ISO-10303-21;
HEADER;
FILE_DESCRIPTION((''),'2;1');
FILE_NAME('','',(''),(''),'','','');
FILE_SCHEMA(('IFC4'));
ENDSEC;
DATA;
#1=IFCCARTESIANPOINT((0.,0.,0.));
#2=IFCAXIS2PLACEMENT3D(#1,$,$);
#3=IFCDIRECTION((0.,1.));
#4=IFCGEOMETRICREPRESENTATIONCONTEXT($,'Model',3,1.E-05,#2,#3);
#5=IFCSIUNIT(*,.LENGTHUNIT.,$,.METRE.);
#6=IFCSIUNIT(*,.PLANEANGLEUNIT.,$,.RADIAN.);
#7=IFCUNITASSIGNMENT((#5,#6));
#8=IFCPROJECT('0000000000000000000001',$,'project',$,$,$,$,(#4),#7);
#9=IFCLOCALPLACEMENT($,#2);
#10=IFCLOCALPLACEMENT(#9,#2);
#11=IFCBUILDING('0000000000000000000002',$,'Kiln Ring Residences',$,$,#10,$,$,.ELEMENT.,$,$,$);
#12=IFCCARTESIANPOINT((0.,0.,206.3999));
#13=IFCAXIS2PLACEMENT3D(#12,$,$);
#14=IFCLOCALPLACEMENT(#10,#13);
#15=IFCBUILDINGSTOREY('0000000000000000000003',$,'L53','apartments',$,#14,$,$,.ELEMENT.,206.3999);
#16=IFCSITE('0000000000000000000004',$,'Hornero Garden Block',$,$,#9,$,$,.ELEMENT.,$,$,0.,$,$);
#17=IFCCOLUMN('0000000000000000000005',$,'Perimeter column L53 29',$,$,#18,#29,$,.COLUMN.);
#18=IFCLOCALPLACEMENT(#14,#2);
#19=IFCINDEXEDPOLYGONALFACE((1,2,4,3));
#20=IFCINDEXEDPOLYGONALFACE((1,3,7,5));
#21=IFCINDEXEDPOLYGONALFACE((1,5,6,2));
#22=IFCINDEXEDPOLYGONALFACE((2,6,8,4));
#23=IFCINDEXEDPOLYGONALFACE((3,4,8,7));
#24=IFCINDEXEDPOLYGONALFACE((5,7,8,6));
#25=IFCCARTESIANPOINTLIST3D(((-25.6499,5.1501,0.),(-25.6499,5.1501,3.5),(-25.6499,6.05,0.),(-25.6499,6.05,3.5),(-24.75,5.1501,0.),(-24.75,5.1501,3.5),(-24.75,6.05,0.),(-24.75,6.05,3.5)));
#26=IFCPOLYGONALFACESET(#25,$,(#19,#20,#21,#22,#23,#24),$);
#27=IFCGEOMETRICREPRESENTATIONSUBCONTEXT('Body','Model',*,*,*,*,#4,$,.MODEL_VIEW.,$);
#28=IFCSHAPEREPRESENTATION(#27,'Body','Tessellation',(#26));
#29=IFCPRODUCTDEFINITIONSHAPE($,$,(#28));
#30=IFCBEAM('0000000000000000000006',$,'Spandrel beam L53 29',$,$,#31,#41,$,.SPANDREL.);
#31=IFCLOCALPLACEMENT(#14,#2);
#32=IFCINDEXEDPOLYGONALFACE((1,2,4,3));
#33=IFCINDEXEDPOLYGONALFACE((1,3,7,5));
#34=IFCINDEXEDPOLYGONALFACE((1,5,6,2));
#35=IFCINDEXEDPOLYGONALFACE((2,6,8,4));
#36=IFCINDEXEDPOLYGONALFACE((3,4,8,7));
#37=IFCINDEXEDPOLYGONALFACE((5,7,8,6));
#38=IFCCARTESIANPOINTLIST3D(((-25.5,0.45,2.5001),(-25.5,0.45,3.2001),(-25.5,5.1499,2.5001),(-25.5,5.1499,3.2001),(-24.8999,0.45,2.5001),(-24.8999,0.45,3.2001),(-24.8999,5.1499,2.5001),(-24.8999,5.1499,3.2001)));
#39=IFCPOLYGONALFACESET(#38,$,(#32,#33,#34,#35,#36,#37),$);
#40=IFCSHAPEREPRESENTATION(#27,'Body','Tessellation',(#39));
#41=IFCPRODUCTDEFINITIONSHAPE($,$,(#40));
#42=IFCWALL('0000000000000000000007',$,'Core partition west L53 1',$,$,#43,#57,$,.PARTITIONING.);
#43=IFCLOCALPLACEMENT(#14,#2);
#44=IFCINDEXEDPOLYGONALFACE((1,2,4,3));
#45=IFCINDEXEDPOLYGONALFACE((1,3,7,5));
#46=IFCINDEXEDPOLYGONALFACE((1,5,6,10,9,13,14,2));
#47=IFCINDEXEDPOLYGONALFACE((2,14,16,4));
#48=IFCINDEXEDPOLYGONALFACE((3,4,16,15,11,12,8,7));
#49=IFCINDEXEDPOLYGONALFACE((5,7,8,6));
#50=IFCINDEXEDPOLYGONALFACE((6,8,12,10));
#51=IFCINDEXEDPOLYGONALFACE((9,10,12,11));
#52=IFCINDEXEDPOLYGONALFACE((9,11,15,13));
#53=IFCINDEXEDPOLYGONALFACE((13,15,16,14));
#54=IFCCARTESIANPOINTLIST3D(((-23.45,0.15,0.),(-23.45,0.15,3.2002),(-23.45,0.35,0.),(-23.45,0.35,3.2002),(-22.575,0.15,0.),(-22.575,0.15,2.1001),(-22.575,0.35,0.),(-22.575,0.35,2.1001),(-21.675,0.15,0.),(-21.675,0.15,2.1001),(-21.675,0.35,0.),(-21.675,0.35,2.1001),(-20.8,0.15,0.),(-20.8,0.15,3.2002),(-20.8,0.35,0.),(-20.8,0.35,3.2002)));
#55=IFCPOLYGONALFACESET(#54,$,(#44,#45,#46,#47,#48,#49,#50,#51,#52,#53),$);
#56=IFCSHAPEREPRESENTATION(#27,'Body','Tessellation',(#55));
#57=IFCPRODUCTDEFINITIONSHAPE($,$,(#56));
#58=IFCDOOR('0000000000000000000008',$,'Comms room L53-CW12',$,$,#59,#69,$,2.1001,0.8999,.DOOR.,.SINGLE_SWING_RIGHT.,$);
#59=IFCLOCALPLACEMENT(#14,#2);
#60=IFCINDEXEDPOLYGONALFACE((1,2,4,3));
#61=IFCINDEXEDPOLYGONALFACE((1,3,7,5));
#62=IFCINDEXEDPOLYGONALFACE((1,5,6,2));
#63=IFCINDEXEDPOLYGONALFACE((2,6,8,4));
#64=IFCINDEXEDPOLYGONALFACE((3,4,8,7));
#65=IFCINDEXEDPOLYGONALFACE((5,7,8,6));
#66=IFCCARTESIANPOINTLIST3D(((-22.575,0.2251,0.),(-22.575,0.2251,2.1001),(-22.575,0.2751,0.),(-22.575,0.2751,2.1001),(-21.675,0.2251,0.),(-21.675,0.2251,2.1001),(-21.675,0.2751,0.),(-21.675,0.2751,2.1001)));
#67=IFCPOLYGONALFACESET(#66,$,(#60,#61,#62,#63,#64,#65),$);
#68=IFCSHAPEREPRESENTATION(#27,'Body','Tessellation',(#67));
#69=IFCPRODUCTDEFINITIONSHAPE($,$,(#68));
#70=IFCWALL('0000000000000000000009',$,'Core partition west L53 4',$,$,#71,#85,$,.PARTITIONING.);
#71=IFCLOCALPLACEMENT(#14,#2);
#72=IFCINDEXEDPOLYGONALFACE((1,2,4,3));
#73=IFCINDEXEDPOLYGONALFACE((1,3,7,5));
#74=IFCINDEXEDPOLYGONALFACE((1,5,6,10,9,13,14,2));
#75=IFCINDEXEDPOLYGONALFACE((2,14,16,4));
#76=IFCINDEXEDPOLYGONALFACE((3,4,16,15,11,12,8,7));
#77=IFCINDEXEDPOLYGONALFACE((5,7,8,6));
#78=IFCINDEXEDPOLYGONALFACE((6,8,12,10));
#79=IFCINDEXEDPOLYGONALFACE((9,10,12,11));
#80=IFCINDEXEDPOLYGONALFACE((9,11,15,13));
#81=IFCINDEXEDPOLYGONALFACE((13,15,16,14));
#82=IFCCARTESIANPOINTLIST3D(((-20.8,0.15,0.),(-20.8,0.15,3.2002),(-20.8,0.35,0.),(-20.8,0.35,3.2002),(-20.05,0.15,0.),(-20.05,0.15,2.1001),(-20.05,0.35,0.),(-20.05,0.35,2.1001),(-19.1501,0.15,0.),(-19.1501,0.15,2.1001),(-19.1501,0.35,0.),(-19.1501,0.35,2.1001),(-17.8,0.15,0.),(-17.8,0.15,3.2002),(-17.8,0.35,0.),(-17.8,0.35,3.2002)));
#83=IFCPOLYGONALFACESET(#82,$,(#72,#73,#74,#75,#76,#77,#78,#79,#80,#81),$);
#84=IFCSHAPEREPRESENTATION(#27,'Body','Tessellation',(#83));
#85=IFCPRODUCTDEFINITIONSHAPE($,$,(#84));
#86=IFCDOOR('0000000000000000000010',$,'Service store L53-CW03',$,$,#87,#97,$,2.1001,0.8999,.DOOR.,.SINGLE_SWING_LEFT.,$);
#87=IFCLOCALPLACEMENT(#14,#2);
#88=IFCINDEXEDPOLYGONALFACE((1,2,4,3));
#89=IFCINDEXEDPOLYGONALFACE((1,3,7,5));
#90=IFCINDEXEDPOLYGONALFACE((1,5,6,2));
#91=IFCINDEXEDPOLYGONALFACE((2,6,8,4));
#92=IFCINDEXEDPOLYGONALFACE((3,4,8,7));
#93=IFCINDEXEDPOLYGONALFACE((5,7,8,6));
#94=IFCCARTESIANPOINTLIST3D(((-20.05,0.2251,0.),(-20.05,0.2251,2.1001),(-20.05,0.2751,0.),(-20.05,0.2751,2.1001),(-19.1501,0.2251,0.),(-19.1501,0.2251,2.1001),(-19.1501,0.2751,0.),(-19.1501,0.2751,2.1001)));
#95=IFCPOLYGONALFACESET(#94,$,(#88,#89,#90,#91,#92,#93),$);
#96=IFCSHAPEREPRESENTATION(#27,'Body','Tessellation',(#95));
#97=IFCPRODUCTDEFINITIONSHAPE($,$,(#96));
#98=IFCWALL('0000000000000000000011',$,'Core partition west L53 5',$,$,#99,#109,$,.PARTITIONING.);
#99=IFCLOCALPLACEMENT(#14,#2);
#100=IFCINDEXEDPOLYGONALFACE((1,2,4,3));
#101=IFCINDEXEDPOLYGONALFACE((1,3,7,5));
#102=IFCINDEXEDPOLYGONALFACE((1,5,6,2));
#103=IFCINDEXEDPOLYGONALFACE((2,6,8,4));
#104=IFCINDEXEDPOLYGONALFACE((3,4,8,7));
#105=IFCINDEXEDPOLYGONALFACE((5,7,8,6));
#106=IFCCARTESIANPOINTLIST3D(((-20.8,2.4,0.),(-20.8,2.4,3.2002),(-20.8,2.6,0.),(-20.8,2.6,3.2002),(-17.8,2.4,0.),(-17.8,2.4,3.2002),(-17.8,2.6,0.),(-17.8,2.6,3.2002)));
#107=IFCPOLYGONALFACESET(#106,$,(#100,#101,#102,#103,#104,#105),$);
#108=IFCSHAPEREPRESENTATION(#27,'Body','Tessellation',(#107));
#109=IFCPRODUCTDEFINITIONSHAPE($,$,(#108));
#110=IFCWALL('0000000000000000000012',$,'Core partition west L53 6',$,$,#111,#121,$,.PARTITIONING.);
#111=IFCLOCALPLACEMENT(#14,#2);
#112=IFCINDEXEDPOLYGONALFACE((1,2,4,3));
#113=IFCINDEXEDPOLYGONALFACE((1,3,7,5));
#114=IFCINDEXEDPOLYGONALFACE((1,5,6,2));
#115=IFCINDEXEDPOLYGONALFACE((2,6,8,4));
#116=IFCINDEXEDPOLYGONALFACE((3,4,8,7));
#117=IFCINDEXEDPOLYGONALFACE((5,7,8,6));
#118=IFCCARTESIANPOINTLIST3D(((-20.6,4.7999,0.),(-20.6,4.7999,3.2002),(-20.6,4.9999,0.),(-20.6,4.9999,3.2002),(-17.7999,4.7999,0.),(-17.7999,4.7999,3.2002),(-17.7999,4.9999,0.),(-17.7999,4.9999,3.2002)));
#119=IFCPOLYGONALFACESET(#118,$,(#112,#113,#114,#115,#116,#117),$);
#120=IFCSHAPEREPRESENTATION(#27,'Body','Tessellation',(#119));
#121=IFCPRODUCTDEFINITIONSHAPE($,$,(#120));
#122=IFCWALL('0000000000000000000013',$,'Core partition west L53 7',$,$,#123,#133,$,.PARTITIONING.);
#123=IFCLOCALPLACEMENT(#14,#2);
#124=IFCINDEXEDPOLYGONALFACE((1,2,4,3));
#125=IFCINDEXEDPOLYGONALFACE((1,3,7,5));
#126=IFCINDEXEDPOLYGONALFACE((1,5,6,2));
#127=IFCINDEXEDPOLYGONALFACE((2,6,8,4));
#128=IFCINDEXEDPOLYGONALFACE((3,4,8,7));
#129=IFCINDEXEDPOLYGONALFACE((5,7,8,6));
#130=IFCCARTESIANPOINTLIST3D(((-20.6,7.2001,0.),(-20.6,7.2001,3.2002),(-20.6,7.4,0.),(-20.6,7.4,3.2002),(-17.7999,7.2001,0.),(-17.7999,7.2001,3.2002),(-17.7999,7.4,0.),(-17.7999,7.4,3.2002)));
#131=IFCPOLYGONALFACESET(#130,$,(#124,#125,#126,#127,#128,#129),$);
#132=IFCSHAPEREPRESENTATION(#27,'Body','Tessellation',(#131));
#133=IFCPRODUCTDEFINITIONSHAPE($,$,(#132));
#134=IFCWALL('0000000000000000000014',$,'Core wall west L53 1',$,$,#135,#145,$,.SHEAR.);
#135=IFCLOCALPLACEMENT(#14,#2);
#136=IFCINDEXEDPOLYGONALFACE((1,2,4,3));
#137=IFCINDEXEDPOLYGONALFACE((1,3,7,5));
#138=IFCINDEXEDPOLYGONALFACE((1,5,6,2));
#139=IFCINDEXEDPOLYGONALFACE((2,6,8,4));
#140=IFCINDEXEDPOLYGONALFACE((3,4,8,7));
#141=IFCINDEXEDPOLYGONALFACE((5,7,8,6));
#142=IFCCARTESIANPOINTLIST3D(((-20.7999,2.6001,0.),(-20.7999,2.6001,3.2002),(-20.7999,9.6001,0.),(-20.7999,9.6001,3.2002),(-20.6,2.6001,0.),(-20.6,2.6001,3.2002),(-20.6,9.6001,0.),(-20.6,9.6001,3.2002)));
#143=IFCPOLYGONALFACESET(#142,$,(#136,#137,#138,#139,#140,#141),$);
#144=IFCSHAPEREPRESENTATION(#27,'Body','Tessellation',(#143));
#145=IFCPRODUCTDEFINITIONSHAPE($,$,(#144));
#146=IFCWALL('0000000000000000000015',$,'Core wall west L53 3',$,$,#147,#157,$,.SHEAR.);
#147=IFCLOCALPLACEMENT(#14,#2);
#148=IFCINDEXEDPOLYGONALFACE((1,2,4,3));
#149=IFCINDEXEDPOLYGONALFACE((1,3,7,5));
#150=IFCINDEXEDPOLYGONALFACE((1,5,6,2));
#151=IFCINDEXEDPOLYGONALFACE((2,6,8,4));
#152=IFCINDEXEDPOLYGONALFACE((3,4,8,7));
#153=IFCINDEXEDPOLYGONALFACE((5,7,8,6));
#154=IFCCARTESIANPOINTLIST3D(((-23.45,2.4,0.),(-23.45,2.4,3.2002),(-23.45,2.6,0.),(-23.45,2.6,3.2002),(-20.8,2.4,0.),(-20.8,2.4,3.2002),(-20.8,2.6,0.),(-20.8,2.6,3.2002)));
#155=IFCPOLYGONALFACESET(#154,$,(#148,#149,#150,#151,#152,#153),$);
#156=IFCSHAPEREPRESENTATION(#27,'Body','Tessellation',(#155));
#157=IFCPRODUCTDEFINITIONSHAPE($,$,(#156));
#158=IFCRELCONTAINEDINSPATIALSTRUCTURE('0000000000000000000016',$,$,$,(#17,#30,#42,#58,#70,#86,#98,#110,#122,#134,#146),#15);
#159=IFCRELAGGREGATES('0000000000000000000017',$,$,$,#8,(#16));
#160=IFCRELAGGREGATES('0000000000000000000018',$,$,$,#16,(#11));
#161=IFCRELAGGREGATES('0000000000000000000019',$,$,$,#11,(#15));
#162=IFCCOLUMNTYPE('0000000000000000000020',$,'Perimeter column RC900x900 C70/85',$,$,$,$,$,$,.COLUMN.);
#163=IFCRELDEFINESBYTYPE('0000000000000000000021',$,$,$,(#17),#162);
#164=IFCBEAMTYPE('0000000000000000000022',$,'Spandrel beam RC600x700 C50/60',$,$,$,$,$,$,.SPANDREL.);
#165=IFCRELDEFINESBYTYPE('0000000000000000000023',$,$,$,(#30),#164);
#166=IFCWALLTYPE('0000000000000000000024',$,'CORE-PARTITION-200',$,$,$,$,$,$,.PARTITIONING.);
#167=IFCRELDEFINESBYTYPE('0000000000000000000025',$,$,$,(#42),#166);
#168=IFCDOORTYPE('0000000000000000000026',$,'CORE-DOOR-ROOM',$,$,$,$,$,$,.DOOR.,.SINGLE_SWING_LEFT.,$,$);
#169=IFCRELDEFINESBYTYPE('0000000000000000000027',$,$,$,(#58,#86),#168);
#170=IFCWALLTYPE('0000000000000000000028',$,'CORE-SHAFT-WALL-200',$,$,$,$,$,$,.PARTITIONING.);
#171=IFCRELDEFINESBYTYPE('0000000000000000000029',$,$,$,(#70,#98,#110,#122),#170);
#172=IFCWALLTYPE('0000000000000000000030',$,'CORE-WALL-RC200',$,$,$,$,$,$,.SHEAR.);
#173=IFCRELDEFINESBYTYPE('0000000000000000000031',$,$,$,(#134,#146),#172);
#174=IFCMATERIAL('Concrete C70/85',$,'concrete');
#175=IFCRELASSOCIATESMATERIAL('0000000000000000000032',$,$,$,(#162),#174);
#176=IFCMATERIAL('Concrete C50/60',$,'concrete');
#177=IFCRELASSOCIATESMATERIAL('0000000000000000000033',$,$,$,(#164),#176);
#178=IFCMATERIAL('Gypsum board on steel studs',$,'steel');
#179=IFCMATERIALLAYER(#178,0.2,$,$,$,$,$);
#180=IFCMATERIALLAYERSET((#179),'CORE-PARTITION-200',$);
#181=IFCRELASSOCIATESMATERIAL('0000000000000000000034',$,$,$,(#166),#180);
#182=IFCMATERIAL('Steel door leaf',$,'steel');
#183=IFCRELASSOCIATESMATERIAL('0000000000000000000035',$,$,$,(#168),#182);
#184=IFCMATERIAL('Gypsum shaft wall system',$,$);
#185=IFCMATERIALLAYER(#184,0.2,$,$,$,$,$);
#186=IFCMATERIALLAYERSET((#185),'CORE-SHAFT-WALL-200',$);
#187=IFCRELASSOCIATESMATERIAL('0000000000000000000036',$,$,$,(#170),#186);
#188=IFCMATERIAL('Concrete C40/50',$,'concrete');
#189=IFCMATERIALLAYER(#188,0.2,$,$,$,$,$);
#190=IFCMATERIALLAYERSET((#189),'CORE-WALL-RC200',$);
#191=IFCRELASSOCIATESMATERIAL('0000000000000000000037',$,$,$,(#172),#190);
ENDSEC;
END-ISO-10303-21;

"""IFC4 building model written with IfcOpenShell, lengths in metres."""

from ifc_helpers import new_model, si_unit, direction, frame, frame_2d, origin, origin_2d, place, context, subcontext, project, spatial, rectangle, extrude, material, layer, layer_set, material_profile, profile_set, type_object, element, fill, save


model = new_model("IFC4")

# Units and contexts
model_context = context("Model", 3, precision=1e-05, world=origin(), true_north=direction((0.0, 1.0)))
body_context = subcontext(model_context, "Body", "Model", "MODEL_VIEW")
ifc_project = project(units=[si_unit("LENGTHUNIT", "METRE"), si_unit("PLANEANGLEUNIT", "RADIAN")], contexts=[model_context])

# Site, building, storey
site_placement = place(None, origin())
site = spatial("IfcSite", under=ifc_project, at=site_placement, Name="Hornero Garden Block", CompositionType="ELEMENT", RefElevation=0.0)
building_placement = place(site_placement, origin())
building = spatial("IfcBuilding", under=site, at=building_placement, Name="Kiln Ring Residences", CompositionType="ELEMENT")
storey_placement = place(building_placement, frame((0.0, 0.0, 206.3999)))
storey = spatial("IfcBuildingStorey", under=building, at=storey_placement, Name="L53", Description="apartments", CompositionType="ELEMENT", Elevation=206.3999)

# Column
ifc_material_1 = material(Name="Concrete C70/85", Category="concrete")
ifc_material_profile_1 = material_profile(ifc_material_1, rectangle(XDim=0.8999, YDim=0.8999, at=origin_2d()), Name="RC900x900")
ifc_profile_set_1 = profile_set([ifc_material_profile_1], Name="Concrete C70/85")
column_type = type_object("IfcColumnType", Name="Perimeter column RC900x900 C70/85", PredefinedType="COLUMN", material=ifc_profile_set_1)
column_placement = place(storey_placement, frame((-25.2, 5.6001, 0.0), z_axis=(0.0, 0.0, 1.0), x_axis=(1.0, 0.0, 0.0)))
element("IfcColumn", 1, at=column_placement, inside=storey, type_object=column_type, Name="Perimeter column L53 29", PredefinedType="COLUMN", context=body_context, shape_type="SweptSolid", body=[
    extrude(rectangle(XDim=0.8999, YDim=0.8999, at=origin_2d()), origin(), (0.0, 0.0, 1.0), 3.5),
])

# Beam
ifc_material_2 = material(Name="Concrete C50/60", Category="concrete")
ifc_material_profile_2 = material_profile(ifc_material_2, rectangle(XDim=0.6001, YDim=0.7, at=origin_2d()), Name="RC600x700")
ifc_profile_set_2 = profile_set([ifc_material_profile_2], Name="Concrete C50/60")
beam_type = type_object("IfcBeamType", Name="Spandrel beam RC600x700 C50/60", PredefinedType="SPANDREL", material=ifc_profile_set_2)
beam_placement = place(storey_placement, frame((-25.2, 5.1499, 2.8501), z_axis=(0.0, -1.0, 0.0), x_axis=(1.0, 0.0, 0.0)))
element("IfcBeam", 2, at=beam_placement, inside=storey, type_object=beam_type, Name="Spandrel beam L53 29", PredefinedType="SPANDREL", context=body_context, shape_type="SweptSolid", body=[
    extrude(rectangle(XDim=0.6001, YDim=0.7, at=origin_2d()), origin(), (0.0, 0.0, 1.0), 4.7),
])

# Walls, openings, doors
ifc_material_3 = material(Name="Gypsum board on steel studs", Category="steel")
ifc_layer_1 = layer(ifc_material_3, 0.2)
ifc_layer_set_1 = layer_set([ifc_layer_1], Name="CORE-PARTITION-200")
wall_type_1 = type_object("IfcWallType", Name="CORE-PARTITION-200", PredefinedType="PARTITIONING", material=ifc_layer_set_1)
wall_1_placement = place(storey_placement, frame((-20.8, 0.25, 0.0), z_axis=(0.0, 0.0, 1.0), x_axis=(-1.0, 0.0, 0.0)))
wall_1 = element("IfcWall", 3, at=wall_1_placement, inside=storey, type_object=wall_type_1, Name="Core partition west L53 1", PredefinedType="PARTITIONING", context=body_context, shape_type="SweptSolid", body=[
    extrude(rectangle(XDim=2.6499, YDim=0.2, at=frame_2d((1.325, 0.0))), origin(), (0.0, 0.0, 1.0), 3.2002),
])
opening_1_placement = place(wall_1_placement, frame((0.875, 0.0, 0.0)))
opening_1 = element("IfcOpeningElement", 4, at=opening_1_placement, cuts=wall_1, PredefinedType="OPENING", context=body_context, shape_type="SweptSolid", body=[
    extrude(rectangle(XDim=0.8999, YDim=2.1001, at=frame_2d((0.45, 1.05))), frame((0.0, 0.1099, 0.0), z_axis=(0.0, -1.0, 0.0), x_axis=(1.0, 0.0, 0.0)), (0.0, 0.0, 1.0), 0.22),
])
ifc_material_4 = material(Name="Steel door leaf", Category="steel")
door_type_1 = type_object("IfcDoorType", Name="CORE-DOOR-ROOM", OperationType="SINGLE_SWING_LEFT", PredefinedType="DOOR", material=ifc_material_4)
door_1_placement = place(opening_1_placement, origin())
door_1 = element("IfcDoor", 5, at=door_1_placement, inside=storey, type_object=door_type_1, Name="Comms room L53-CW12", OperationType="SINGLE_SWING_RIGHT", OverallHeight=2.1001, OverallWidth=0.8999, PredefinedType="DOOR", context=body_context, shape_type="SweptSolid", body=[
    extrude(rectangle(XDim=0.8999, YDim=2.1001, at=frame_2d((0.45, 1.05))), frame((0.0, 0.0249, 0.0), z_axis=(0.0, -1.0, 0.0), x_axis=(1.0, 0.0, 0.0)), (0.0, 0.0, 1.0), 0.05),
])
fill(opening_1, door_1)
ifc_material_5 = material(Name="Gypsum shaft wall system")
ifc_layer_2 = layer(ifc_material_5, 0.2)
ifc_layer_set_2 = layer_set([ifc_layer_2], Name="CORE-SHAFT-WALL-200")
wall_type_2 = type_object("IfcWallType", Name="CORE-SHAFT-WALL-200", PredefinedType="PARTITIONING", material=ifc_layer_set_2)
wall_2_placement = place(storey_placement, frame((-17.8, 0.25, 0.0), z_axis=(0.0, 0.0, 1.0), x_axis=(-1.0, 0.0, 0.0)))
wall_2 = element("IfcWall", 6, at=wall_2_placement, inside=storey, type_object=wall_type_2, Name="Core partition west L53 4", PredefinedType="PARTITIONING", context=body_context, shape_type="SweptSolid", body=[
    extrude(rectangle(XDim=3.0, YDim=0.2, at=frame_2d((1.5, 0.0))), origin(), (0.0, 0.0, 1.0), 3.2002),
])
opening_2_placement = place(wall_2_placement, frame((1.3501, 0.0, 0.0)))
opening_2 = element("IfcOpeningElement", 7, at=opening_2_placement, cuts=wall_2, PredefinedType="OPENING", context=body_context, shape_type="SweptSolid", body=[
    extrude(rectangle(XDim=0.8999, YDim=2.1001, at=frame_2d((0.45, 1.05))), frame((0.0, 0.1099, 0.0), z_axis=(0.0, -1.0, 0.0), x_axis=(1.0, 0.0, 0.0)), (0.0, 0.0, 1.0), 0.22),
])
door_2_placement = place(opening_2_placement, origin())
door_2 = element("IfcDoor", 8, at=door_2_placement, inside=storey, type_object=door_type_1, Name="Service store L53-CW03", OperationType="SINGLE_SWING_LEFT", OverallHeight=2.1001, OverallWidth=0.8999, PredefinedType="DOOR", context=body_context, shape_type="SweptSolid", body=[
    extrude(rectangle(XDim=0.8999, YDim=2.1001, at=frame_2d((0.45, 1.05))), frame((0.0, 0.0249, 0.0), z_axis=(0.0, -1.0, 0.0), x_axis=(1.0, 0.0, 0.0)), (0.0, 0.0, 1.0), 0.05),
])
fill(opening_2, door_2)

# Walls
wall_3_placement = place(storey_placement, frame((-17.8, 2.5, 0.0), z_axis=(0.0, 0.0, 1.0), x_axis=(-1.0, 0.0, 0.0)))
element("IfcWall", 9, at=wall_3_placement, inside=storey, type_object=wall_type_2, Name="Core partition west L53 5", PredefinedType="PARTITIONING", context=body_context, shape_type="SweptSolid", body=[
    extrude(rectangle(XDim=3.0, YDim=0.2, at=frame_2d((1.5, 0.0))), origin(), (0.0, 0.0, 1.0), 3.2002),
])
for number, where, z_axis, x_axis, name in (
    (10, (-17.8, 4.8999, 0.0), (0.0, 0.0, 1.0), (-1.0, 0.0, 0.0), "Core partition west L53 6"),
    (11, (-17.8, 7.3, 0.0), (0.0, 0.0, 1.0), (-1.0, 0.0, 0.0), "Core partition west L53 7"),
):
    element("IfcWall", number, at=place(storey_placement, frame(where, z_axis=z_axis, x_axis=x_axis)), inside=storey, type_object=wall_type_2, Name=name, PredefinedType="PARTITIONING", context=body_context, shape_type="SweptSolid", body=[
        extrude(rectangle(XDim=2.8, YDim=0.2, at=frame_2d((1.3999, 0.0))), origin(), (0.0, 0.0, 1.0), 3.2002),
    ])
ifc_material_6 = material(Name="Concrete C40/50", Category="concrete")
ifc_layer_3 = layer(ifc_material_6, 0.2)
ifc_layer_set_3 = layer_set([ifc_layer_3], Name="CORE-WALL-RC200")
wall_type_3 = type_object("IfcWallType", Name="CORE-WALL-RC200", PredefinedType="SHEAR", material=ifc_layer_set_3)
wall_4_placement = place(storey_placement, frame((-20.7, 2.6001, 0.0), z_axis=(0.0, 0.0, 1.0), x_axis=(0.0, 1.0, 0.0)))
element("IfcWall", 12, at=wall_4_placement, inside=storey, type_object=wall_type_3, Name="Core wall west L53 1", PredefinedType="SHEAR", context=body_context, shape_type="SweptSolid", body=[
    extrude(rectangle(XDim=7.0, YDim=0.2, at=frame_2d((3.5, 0.0))), origin(), (0.0, 0.0, 1.0), 3.2002),
])
wall_5_placement = place(storey_placement, frame((-20.8, 2.5, 0.0), z_axis=(0.0, 0.0, 1.0), x_axis=(-1.0, 0.0, 0.0)))
element("IfcWall", 13, at=wall_5_placement, inside=storey, type_object=wall_type_3, Name="Core wall west L53 3", PredefinedType="SHEAR", context=body_context, shape_type="SweptSolid", body=[
    extrude(rectangle(XDim=2.6499, YDim=0.2, at=frame_2d((1.325, 0.0))), origin(), (0.0, 0.0, 1.0), 3.2002),
])

save(model, "model.ifc")
